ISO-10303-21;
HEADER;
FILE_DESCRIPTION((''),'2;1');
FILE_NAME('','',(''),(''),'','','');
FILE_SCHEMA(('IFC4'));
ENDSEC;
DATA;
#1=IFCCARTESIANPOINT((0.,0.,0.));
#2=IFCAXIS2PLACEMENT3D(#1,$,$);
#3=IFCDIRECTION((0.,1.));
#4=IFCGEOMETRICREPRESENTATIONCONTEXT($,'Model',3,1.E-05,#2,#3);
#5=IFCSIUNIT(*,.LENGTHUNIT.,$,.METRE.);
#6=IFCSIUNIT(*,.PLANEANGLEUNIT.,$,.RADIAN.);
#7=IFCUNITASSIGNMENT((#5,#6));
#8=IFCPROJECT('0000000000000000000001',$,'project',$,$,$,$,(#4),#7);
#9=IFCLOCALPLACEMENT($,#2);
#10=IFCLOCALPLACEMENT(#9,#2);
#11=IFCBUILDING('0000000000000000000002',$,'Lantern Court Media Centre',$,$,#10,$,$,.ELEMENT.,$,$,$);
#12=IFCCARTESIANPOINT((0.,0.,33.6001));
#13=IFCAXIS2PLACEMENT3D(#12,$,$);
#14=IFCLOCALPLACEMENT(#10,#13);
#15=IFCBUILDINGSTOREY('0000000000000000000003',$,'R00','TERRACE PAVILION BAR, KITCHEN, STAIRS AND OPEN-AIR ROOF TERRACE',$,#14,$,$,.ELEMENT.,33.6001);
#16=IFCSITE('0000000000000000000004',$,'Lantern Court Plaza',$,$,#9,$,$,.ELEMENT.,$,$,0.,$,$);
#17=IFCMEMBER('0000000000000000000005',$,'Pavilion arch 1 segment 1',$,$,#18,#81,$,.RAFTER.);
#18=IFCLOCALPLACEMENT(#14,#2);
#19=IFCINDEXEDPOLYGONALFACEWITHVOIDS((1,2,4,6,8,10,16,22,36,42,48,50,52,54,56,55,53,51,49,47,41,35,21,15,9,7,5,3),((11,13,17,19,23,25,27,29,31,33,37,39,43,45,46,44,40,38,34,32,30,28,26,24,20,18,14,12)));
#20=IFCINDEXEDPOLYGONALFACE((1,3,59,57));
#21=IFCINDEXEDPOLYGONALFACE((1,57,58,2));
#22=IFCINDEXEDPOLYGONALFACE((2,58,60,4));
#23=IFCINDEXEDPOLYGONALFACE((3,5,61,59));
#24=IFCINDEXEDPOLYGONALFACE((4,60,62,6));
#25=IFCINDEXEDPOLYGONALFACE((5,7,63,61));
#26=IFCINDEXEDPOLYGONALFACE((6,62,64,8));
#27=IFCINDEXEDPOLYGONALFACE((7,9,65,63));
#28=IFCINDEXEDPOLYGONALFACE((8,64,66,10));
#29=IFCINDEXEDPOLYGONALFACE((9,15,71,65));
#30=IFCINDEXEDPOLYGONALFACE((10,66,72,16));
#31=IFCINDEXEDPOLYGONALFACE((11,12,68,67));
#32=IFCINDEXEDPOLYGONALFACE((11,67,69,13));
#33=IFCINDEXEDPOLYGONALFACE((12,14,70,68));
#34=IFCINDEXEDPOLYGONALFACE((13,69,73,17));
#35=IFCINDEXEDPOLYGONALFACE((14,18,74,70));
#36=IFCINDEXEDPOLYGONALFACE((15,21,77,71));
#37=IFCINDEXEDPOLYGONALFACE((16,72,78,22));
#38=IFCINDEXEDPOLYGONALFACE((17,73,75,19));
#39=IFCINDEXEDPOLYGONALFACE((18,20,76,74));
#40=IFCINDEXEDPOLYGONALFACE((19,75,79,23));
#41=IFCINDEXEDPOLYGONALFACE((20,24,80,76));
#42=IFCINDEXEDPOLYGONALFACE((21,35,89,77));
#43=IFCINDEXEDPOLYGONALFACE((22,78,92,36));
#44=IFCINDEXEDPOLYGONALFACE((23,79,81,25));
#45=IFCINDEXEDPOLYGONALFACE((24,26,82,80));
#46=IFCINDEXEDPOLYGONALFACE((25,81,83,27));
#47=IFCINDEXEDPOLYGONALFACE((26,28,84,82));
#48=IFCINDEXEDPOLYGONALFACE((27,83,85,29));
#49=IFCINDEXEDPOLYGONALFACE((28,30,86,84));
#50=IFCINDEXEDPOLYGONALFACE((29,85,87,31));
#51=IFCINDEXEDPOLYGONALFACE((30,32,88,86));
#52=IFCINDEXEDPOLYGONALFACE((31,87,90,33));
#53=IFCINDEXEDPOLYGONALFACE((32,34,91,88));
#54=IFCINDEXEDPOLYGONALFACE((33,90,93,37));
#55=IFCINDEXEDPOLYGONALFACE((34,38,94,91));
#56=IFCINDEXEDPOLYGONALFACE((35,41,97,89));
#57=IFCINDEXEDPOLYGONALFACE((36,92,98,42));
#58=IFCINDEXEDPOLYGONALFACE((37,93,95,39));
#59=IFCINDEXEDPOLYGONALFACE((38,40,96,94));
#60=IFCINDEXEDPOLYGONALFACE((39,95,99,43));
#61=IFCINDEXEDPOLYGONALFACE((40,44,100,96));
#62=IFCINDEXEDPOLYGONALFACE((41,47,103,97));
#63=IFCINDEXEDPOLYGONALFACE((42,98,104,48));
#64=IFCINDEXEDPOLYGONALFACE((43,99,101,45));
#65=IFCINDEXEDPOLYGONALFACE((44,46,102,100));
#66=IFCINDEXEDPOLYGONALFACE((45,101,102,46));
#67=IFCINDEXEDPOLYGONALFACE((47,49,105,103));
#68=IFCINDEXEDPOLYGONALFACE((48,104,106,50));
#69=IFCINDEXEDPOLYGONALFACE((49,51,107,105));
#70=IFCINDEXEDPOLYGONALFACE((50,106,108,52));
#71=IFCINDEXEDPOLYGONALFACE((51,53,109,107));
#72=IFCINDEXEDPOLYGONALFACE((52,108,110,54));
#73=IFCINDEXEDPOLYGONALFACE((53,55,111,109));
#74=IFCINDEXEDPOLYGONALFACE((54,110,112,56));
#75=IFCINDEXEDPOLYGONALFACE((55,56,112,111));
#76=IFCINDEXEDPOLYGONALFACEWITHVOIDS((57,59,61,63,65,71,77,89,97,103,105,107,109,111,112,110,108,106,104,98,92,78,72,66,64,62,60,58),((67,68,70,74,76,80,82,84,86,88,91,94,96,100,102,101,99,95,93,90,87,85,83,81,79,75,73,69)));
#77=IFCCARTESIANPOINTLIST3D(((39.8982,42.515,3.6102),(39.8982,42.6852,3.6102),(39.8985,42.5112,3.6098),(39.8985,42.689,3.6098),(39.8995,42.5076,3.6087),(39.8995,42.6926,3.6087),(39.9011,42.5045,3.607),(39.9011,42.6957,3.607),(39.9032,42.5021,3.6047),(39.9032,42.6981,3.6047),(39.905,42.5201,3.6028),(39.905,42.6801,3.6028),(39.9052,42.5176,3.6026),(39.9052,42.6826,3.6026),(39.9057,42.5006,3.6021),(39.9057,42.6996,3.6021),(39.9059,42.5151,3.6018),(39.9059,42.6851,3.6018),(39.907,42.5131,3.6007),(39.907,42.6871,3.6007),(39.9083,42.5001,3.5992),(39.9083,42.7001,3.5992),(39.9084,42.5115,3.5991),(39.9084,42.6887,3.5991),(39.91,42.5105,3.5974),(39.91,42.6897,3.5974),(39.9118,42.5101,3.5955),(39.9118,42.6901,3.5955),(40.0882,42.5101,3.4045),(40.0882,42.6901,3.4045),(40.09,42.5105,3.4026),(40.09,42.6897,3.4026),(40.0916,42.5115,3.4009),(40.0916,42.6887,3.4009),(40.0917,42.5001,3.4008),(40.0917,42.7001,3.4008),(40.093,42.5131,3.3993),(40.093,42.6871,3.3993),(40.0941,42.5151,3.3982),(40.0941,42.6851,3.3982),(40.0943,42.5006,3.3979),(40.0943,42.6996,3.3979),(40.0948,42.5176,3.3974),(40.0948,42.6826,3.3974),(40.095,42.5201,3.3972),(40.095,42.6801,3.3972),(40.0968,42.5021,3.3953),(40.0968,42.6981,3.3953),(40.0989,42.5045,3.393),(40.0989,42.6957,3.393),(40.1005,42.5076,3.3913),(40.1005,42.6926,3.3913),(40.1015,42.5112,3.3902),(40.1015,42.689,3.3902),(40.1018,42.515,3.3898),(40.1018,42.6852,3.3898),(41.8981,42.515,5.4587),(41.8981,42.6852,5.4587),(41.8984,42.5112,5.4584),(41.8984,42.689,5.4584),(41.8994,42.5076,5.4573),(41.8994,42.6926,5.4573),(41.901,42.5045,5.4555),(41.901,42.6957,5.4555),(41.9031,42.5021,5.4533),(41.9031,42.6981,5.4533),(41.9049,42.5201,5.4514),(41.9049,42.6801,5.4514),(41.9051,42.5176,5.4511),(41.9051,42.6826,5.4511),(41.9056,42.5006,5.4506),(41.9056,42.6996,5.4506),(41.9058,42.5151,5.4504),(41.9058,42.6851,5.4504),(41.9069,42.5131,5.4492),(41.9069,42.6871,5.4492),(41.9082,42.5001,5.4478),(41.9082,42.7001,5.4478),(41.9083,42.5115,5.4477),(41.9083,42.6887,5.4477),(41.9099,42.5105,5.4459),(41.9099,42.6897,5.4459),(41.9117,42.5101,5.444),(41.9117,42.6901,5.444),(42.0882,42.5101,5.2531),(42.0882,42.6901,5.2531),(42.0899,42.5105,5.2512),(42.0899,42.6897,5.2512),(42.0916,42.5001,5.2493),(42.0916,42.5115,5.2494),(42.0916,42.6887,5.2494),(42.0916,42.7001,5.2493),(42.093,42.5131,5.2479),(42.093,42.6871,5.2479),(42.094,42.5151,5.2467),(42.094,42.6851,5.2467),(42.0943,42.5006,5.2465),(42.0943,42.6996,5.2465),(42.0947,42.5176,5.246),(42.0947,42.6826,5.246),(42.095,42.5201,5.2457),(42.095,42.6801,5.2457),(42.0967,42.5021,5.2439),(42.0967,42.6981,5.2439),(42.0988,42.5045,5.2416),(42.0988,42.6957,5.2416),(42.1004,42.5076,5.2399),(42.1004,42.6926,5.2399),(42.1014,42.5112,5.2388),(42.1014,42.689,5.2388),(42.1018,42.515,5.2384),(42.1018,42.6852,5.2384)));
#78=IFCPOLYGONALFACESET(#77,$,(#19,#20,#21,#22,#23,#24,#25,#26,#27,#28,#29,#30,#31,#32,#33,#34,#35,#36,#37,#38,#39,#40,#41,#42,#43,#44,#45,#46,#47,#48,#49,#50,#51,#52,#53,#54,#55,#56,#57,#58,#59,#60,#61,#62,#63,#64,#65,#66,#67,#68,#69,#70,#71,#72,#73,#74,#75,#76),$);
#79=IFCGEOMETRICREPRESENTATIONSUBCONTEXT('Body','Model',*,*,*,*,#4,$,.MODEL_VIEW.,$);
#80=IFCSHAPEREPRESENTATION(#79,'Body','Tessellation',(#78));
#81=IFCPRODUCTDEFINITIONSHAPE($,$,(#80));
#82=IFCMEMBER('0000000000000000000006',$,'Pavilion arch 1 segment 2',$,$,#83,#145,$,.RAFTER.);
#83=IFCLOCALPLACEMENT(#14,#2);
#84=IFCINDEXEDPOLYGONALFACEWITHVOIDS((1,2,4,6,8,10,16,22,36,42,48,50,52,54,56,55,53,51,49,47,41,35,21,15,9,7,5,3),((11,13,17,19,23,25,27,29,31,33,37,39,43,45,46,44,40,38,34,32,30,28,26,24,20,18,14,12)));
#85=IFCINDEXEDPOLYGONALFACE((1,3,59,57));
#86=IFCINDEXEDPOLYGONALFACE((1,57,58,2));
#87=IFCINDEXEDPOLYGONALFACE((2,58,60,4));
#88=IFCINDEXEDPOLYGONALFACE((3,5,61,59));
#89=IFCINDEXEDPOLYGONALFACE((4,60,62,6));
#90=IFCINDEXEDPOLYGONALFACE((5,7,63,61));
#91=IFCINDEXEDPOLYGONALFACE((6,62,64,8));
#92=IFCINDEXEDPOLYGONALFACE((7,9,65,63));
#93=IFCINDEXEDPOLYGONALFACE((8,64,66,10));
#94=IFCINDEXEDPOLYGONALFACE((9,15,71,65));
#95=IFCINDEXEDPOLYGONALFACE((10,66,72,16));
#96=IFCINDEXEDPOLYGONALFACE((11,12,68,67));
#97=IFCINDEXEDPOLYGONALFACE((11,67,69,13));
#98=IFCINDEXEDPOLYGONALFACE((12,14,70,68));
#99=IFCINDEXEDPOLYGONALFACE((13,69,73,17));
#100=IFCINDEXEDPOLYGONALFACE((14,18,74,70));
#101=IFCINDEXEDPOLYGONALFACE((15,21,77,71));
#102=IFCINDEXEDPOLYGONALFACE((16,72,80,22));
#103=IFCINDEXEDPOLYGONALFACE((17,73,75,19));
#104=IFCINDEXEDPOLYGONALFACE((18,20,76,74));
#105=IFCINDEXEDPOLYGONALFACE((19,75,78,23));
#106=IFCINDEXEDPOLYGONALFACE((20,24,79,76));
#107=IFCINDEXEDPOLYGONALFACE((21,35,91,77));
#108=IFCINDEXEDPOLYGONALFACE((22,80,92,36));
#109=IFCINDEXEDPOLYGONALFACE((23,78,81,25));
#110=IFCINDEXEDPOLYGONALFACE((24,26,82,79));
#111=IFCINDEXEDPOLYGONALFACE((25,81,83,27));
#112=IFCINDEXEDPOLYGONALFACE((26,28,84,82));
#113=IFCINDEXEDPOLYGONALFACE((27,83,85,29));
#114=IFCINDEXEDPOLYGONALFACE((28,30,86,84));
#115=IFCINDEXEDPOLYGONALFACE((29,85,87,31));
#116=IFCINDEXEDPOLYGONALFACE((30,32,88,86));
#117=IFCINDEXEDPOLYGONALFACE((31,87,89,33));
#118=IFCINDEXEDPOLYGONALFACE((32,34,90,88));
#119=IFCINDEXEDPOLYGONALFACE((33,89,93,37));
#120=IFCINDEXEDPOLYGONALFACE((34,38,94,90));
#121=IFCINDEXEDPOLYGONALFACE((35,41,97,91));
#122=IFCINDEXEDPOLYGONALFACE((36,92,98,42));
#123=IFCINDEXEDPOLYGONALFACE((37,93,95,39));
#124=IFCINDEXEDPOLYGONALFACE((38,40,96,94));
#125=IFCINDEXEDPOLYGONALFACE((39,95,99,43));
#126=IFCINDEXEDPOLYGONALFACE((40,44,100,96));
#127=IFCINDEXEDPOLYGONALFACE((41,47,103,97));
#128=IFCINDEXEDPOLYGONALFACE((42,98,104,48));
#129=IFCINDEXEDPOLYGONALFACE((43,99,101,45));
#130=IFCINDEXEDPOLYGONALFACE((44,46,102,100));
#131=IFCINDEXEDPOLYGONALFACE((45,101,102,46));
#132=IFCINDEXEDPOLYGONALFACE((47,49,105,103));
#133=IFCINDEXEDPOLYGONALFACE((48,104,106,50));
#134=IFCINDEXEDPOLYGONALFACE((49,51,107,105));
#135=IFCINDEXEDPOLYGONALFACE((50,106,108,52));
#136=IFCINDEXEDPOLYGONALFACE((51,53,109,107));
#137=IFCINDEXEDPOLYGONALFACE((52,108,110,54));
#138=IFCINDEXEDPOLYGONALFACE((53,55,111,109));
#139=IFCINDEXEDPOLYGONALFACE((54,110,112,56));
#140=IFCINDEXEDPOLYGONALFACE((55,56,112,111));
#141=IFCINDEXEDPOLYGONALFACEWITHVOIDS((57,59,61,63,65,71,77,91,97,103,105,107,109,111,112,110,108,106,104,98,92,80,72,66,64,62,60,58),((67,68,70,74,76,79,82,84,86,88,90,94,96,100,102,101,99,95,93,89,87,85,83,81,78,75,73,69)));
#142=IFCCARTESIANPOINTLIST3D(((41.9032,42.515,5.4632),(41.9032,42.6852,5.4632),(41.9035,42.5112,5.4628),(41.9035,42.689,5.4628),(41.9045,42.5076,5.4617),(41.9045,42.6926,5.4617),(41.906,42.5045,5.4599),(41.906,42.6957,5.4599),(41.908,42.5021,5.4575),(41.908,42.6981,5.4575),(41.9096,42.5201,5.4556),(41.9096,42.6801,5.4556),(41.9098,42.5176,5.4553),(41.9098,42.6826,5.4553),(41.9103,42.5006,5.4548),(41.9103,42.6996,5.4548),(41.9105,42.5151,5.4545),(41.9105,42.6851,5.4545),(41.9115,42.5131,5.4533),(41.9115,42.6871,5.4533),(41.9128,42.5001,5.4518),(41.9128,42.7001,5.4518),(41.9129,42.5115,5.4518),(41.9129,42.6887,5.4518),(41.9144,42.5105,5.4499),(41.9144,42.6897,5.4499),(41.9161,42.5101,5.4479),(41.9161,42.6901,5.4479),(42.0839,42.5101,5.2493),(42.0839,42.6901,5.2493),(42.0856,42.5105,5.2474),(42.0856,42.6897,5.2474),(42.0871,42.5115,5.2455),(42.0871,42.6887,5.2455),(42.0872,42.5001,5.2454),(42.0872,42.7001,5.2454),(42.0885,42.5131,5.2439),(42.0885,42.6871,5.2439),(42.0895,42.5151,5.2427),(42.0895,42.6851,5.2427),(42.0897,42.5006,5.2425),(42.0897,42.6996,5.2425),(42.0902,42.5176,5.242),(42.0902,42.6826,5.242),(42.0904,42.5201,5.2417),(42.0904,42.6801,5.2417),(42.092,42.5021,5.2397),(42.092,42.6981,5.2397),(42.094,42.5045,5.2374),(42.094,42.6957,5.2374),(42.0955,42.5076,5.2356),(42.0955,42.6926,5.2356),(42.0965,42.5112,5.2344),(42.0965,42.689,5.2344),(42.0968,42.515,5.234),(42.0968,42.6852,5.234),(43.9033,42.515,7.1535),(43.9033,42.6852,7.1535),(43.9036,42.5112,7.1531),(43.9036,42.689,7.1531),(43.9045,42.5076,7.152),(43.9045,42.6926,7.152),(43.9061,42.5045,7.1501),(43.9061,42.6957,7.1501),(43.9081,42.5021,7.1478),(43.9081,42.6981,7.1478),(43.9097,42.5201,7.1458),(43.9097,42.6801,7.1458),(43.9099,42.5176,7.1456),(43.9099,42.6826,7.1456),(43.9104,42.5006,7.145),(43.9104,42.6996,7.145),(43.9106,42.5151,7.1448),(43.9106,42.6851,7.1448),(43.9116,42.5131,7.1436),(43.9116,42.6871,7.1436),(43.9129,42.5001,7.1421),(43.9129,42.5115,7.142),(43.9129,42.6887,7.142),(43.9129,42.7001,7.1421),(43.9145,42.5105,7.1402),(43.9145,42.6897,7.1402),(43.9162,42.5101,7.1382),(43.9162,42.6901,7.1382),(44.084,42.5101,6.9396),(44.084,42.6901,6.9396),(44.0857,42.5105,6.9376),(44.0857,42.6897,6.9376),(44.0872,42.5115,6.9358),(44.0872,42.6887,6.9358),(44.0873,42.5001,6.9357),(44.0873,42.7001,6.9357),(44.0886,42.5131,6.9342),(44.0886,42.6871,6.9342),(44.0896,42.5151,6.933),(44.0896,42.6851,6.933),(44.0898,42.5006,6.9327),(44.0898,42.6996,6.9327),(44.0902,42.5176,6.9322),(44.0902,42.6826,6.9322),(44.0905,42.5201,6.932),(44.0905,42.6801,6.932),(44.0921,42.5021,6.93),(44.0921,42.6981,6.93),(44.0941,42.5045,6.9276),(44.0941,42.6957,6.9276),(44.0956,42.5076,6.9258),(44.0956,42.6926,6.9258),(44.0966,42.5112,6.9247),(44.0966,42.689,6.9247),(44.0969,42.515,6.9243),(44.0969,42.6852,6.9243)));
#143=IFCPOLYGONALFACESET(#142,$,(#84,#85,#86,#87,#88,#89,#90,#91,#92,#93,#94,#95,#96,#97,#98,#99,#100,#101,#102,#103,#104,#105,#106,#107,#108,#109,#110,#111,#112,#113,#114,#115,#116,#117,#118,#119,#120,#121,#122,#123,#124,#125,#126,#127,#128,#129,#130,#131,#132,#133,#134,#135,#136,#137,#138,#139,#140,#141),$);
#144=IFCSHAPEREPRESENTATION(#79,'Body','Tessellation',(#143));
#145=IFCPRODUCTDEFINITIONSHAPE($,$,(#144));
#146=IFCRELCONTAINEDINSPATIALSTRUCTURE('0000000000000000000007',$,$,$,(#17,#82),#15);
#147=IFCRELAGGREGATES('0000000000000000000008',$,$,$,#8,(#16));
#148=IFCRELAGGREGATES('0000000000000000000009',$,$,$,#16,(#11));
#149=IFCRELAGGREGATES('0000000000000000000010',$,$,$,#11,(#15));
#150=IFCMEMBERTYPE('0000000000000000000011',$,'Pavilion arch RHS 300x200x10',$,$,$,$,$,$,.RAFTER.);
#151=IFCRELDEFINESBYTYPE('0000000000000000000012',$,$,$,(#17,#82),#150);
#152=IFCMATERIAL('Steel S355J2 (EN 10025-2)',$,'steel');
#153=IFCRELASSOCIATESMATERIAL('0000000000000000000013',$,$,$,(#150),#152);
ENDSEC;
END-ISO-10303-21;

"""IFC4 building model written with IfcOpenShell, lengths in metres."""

from ifc_helpers import new_model, si_unit, direction, frame, origin, origin_2d, place, context, subcontext, project, spatial, hollow_rectangle, extrude, material, material_profile, profile_set, type_object, element, save


model = new_model("IFC4")

# Units and contexts
model_context = context("Model", 3, precision=1e-05, world=origin(), true_north=direction((0.0, 1.0)))
body_context = subcontext(model_context, "Body", "Model", "MODEL_VIEW")
ifc_project = project(units=[si_unit("LENGTHUNIT", "METRE"), si_unit("PLANEANGLEUNIT", "RADIAN")], contexts=[model_context])

# Site, building, storey
site_placement = place(None, origin())
site = spatial("IfcSite", under=ifc_project, at=site_placement, Name="Lantern Court Plaza", CompositionType="ELEMENT", RefElevation=0.0)
building_placement = place(site_placement, origin())
building = spatial("IfcBuilding", under=site, at=building_placement, Name="Lantern Court Media Centre", CompositionType="ELEMENT")
storey_placement = place(building_placement, frame((0.0, 0.0, 33.6001)))
storey = spatial("IfcBuildingStorey", under=building, at=storey_placement, Name="R00", Description="TERRACE PAVILION BAR, KITCHEN, STAIRS AND OPEN-AIR ROOF TERRACE", CompositionType="ELEMENT", Elevation=33.6001)

# Shared definitions
ifc_material_1 = material(Name="Steel S355J2 (EN 10025-2)", Category="steel")

# Members
ifc_material_profile_1 = material_profile(ifc_material_1, hollow_rectangle(XDim=0.2, YDim=0.3, WallThickness=0.01, InnerFilletRadius=0.01, OuterFilletRadius=0.0149, at=origin_2d()), Name="Pavilion arch RHS 300x200x10")
ifc_profile_set_1 = profile_set([ifc_material_profile_1], Name="Steel S355J2 (EN 10025-2)")
member_type_1 = type_object("IfcMemberType", Name="Pavilion arch RHS 300x200x10", PredefinedType="RAFTER", material=ifc_profile_set_1)
member_1_placement = place(storey_placement, frame((40.0, 42.6001, 3.5), z_axis=(0.73435, 0.0, 0.678771), x_axis=(0.0, 1.0, 0.0)))
element("IfcMember", 1, at=member_1_placement, inside=storey, type_object=member_type_1, Name="Pavilion arch 1 segment 1", PredefinedType="RAFTER", context=body_context, shape_type="SweptSolid", body=[
    extrude(hollow_rectangle(XDim=0.2, YDim=0.3, WallThickness=0.01, InnerFilletRadius=0.01, OuterFilletRadius=0.0149, at=origin_2d()), origin(), (0.0, 0.0, 1.0), 2.7234),
])
member_2_placement = place(storey_placement, frame((42.0, 42.6001, 5.3486), z_axis=(0.763786, 0.0, 0.64547), x_axis=(0.0, 1.0, 0.0)))
element("IfcMember", 2, at=member_2_placement, inside=storey, type_object=member_type_1, Name="Pavilion arch 1 segment 2", PredefinedType="RAFTER", context=body_context, shape_type="SweptSolid", body=[
    extrude(hollow_rectangle(XDim=0.2, YDim=0.3, WallThickness=0.01, InnerFilletRadius=0.01, OuterFilletRadius=0.0149, at=origin_2d()), origin(), (0.0, 0.0, 1.0), 2.6187),
])

save(model, "model.ifc")
